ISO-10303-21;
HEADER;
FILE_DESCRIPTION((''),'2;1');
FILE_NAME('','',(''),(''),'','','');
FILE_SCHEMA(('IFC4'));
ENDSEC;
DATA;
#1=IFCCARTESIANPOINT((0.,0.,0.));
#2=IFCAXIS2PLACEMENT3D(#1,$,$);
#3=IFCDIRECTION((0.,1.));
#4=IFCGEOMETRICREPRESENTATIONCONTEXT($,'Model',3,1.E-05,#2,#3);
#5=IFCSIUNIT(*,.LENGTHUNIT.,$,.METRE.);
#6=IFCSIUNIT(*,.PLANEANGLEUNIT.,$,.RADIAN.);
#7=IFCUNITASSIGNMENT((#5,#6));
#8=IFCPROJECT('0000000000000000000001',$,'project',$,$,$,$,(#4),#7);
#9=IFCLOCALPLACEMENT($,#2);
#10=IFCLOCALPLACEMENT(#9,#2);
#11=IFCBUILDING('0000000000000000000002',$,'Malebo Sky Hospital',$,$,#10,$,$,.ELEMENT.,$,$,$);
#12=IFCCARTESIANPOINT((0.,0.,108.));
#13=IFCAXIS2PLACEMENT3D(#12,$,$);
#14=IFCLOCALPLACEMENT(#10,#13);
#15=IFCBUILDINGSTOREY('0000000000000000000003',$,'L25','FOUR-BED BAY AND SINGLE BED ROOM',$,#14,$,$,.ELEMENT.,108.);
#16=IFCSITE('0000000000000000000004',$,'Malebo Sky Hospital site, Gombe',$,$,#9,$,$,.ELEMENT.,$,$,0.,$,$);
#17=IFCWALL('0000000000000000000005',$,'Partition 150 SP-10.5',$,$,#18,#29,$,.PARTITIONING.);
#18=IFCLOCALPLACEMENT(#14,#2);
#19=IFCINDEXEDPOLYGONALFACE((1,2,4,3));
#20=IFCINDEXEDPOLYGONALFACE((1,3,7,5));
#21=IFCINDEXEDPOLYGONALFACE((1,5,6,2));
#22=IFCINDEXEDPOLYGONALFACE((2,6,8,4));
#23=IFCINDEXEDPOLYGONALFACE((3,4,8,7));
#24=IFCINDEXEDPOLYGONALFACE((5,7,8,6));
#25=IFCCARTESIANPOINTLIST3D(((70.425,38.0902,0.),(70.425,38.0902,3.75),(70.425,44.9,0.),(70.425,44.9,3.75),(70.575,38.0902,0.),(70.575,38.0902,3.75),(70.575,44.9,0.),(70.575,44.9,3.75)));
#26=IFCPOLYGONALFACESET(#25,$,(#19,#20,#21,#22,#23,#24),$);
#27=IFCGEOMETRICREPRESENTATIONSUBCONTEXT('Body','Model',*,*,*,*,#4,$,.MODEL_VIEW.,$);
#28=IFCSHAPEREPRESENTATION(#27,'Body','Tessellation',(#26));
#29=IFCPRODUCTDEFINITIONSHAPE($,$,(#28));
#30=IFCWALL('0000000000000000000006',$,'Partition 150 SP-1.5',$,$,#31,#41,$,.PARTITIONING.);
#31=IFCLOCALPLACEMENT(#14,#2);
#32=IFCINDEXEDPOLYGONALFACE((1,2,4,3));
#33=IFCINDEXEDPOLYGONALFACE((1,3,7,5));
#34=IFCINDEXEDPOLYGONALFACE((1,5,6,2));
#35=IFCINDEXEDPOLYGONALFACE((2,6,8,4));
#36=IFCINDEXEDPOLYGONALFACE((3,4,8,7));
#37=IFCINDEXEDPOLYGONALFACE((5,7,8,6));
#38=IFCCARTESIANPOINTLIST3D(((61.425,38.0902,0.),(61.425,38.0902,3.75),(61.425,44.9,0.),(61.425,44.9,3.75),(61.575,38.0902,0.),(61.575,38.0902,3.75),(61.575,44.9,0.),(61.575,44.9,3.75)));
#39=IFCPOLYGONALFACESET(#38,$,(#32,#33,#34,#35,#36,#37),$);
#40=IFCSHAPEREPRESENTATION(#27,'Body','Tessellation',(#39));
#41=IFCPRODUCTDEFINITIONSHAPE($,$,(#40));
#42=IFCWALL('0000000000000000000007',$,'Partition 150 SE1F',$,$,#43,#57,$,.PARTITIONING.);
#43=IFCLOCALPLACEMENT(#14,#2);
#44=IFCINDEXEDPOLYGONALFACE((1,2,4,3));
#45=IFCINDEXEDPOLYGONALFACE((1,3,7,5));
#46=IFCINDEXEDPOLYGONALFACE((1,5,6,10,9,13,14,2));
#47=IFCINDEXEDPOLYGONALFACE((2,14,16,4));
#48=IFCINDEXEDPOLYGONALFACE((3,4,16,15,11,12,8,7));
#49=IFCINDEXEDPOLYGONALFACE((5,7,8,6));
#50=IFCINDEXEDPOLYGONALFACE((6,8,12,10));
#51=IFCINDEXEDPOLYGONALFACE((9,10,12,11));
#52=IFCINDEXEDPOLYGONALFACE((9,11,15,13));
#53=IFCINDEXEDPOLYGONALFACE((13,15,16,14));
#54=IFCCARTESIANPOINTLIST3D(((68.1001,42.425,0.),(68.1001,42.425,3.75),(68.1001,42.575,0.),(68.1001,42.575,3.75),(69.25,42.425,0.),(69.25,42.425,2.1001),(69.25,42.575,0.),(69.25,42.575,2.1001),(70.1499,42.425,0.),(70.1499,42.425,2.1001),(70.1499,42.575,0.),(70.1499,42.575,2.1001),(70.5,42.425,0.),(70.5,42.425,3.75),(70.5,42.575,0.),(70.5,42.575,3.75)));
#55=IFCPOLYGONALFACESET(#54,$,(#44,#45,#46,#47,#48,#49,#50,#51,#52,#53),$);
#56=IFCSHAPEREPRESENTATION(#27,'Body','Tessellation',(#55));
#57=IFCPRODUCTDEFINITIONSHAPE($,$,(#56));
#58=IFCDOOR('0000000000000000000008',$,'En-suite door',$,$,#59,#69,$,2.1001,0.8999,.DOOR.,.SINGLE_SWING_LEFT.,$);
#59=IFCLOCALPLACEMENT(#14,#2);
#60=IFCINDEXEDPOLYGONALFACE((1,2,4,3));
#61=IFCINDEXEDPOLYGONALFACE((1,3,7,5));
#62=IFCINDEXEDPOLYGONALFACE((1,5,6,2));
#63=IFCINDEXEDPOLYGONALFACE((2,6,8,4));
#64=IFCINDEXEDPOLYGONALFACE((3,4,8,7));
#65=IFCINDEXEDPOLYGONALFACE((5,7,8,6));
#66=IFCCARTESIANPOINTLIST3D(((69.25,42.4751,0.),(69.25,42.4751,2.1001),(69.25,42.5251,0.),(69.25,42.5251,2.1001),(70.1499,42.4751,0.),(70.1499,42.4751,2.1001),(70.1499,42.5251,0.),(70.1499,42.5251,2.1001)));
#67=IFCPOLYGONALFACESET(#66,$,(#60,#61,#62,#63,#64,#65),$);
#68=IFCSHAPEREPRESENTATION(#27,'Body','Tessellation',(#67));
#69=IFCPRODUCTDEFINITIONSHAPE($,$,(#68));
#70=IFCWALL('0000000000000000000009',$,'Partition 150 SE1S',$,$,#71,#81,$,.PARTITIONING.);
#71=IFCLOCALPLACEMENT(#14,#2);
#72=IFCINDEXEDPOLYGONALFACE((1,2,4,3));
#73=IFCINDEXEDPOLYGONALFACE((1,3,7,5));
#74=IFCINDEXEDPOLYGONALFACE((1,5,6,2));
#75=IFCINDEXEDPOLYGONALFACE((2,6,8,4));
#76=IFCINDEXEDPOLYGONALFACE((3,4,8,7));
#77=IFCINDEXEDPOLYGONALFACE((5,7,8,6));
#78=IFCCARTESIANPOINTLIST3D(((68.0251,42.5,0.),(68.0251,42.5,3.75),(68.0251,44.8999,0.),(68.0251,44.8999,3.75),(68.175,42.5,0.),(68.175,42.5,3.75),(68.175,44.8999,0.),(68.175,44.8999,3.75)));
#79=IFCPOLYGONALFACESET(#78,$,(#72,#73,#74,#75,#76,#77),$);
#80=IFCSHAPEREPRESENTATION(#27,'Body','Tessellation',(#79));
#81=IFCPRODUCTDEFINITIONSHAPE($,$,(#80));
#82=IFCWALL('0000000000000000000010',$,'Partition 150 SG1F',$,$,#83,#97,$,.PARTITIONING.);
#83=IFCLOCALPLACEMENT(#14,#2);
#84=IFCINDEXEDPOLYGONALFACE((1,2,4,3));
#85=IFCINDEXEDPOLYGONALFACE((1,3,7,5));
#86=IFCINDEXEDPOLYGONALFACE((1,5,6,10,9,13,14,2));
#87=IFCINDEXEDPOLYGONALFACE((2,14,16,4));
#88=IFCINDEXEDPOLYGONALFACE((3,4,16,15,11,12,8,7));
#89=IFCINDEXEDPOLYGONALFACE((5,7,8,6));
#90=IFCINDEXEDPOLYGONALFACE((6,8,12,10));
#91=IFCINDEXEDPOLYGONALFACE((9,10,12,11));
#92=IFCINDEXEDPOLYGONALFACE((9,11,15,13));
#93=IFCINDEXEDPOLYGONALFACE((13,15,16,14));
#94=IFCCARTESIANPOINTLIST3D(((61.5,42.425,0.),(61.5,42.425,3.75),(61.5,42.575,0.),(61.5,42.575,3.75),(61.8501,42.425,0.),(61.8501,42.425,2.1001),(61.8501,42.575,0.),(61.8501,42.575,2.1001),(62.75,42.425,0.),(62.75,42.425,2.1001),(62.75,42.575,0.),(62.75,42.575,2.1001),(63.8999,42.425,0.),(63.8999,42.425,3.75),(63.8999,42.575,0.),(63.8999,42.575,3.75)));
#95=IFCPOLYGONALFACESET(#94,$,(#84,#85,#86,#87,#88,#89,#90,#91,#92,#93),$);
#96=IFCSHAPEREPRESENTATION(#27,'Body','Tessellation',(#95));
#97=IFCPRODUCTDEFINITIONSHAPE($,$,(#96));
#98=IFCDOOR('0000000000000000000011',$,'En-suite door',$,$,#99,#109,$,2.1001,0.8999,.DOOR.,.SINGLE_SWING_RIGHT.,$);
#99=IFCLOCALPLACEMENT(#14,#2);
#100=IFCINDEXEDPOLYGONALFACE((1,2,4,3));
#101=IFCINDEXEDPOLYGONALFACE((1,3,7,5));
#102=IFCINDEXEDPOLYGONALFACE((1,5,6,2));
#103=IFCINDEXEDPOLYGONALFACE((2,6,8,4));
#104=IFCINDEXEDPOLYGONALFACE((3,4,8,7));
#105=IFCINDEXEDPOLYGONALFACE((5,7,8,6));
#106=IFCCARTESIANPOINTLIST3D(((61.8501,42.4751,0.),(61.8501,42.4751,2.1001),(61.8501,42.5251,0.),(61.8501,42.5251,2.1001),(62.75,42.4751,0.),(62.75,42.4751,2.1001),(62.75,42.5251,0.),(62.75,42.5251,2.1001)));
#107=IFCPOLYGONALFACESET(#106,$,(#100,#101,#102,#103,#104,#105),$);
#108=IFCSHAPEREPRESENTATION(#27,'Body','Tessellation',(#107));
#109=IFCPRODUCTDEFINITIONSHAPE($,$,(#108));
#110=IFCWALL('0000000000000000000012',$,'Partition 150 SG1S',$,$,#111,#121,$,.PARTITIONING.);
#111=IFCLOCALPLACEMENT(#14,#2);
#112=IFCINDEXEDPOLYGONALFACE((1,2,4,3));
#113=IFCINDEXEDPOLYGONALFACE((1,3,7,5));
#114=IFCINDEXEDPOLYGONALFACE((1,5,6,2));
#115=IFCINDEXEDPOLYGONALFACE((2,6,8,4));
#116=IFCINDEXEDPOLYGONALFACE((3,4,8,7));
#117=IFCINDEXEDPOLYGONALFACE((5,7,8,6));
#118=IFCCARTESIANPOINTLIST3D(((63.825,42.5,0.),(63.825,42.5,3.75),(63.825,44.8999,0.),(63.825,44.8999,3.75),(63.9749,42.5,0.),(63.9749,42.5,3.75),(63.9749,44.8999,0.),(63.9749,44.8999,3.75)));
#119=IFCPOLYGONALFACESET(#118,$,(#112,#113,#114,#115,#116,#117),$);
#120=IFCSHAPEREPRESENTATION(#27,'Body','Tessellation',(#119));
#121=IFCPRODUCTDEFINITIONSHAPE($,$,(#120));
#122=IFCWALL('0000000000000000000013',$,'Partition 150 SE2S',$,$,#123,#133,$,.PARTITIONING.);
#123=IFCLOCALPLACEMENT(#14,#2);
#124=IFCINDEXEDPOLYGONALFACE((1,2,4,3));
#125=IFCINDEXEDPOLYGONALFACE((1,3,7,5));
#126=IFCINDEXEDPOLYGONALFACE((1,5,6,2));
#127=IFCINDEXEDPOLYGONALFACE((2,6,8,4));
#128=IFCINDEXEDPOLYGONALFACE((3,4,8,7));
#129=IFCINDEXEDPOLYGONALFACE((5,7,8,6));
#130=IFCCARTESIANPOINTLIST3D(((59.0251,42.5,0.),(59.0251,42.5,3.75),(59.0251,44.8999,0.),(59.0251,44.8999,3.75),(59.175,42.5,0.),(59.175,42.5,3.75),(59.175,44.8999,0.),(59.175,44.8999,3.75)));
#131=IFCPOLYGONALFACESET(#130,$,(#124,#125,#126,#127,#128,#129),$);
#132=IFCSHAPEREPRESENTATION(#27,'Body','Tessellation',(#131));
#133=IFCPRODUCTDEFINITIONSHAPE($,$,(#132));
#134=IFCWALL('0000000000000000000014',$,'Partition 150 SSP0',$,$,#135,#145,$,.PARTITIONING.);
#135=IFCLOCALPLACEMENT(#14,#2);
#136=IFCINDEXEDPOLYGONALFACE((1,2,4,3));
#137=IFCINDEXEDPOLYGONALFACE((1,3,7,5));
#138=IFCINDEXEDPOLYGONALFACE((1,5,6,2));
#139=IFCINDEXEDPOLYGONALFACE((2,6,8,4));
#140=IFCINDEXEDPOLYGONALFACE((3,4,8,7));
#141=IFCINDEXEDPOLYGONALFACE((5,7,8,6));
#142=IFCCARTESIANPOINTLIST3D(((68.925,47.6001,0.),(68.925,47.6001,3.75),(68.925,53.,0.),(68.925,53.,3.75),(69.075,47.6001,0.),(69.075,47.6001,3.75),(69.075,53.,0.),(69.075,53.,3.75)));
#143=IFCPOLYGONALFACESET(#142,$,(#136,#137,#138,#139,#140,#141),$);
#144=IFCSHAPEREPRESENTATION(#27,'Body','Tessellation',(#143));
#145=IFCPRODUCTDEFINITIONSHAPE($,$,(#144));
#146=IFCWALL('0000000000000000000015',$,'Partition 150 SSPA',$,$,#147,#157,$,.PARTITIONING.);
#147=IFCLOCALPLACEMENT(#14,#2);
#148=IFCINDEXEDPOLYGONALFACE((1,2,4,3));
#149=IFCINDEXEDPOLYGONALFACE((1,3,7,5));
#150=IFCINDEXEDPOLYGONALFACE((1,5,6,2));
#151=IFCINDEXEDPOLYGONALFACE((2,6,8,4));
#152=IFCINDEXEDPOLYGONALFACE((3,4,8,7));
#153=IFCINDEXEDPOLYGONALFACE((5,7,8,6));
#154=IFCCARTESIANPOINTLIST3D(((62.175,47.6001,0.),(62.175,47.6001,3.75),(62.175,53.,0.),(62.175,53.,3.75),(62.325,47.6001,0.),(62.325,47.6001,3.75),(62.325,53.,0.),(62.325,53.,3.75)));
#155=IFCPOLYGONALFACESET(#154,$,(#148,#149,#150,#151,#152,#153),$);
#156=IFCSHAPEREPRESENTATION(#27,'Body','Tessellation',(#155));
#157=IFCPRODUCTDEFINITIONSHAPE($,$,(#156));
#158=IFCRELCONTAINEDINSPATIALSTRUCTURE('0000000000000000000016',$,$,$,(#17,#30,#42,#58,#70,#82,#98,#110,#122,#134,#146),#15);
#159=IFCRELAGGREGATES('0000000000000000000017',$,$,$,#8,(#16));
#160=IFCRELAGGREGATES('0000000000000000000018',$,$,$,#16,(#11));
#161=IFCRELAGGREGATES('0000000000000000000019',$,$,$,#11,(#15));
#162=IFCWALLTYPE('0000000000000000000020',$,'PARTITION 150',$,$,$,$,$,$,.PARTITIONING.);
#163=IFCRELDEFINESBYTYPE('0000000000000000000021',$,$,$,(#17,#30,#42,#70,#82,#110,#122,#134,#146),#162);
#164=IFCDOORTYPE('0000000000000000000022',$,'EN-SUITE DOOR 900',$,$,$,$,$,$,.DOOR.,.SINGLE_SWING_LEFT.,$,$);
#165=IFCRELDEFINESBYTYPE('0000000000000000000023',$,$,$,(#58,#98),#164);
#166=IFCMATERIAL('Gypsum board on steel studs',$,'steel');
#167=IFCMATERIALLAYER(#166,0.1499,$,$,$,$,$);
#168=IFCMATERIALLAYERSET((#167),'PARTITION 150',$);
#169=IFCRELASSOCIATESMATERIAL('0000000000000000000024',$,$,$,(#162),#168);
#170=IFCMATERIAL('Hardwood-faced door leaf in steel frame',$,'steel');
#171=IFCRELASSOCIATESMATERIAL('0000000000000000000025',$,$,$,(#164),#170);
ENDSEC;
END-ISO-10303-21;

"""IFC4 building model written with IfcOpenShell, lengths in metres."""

from ifc_helpers import new_model, si_unit, direction, frame, frame_2d, origin, place, context, subcontext, project, spatial, rectangle, extrude, material, layer, layer_set, type_object, element, fill, save


model = new_model("IFC4")

# Units and contexts
model_context = context("Model", 3, precision=1e-05, world=origin(), true_north=direction((0.0, 1.0)))
body_context = subcontext(model_context, "Body", "Model", "MODEL_VIEW")
ifc_project = project(units=[si_unit("LENGTHUNIT", "METRE"), si_unit("PLANEANGLEUNIT", "RADIAN")], contexts=[model_context])

# Site, building, storey
site_placement = place(None, origin())
site = spatial("IfcSite", under=ifc_project, at=site_placement, Name="Malebo Sky Hospital site, Gombe", CompositionType="ELEMENT", RefElevation=0.0)
building_placement = place(site_placement, origin())
building = spatial("IfcBuilding", under=site, at=building_placement, Name="Malebo Sky Hospital", CompositionType="ELEMENT")
storey_placement = place(building_placement, frame((0.0, 0.0, 108.0)))
storey = spatial("IfcBuildingStorey", under=building, at=storey_placement, Name="L25", Description="FOUR-BED BAY AND SINGLE BED ROOM", CompositionType="ELEMENT", Elevation=108.0)

# Walls
ifc_material_1 = material(Name="Gypsum board on steel studs", Category="steel")
ifc_layer = layer(ifc_material_1, 0.1499)
ifc_layer_set = layer_set([ifc_layer], Name="PARTITION 150")
wall_type = type_object("IfcWallType", Name="PARTITION 150", PredefinedType="PARTITIONING", material=ifc_layer_set)
for number, where, z_axis, x_axis, name in (
    (1, (70.5, 44.8999, 0.0), (0.0, 0.0, 1.0), (0.0, -1.0, 0.0), "Partition 150 SP-10.5"),
    (2, (61.5, 44.8999, 0.0), (0.0, 0.0, 1.0), (0.0, -1.0, 0.0), "Partition 150 SP-1.5"),
):
    element("IfcWall", number, at=place(storey_placement, frame(where, z_axis=z_axis, x_axis=x_axis)), inside=storey, type_object=wall_type, Name=name, PredefinedType="PARTITIONING", context=body_context, shape_type="SweptSolid", body=[
        extrude(rectangle(XDim=6.8098, YDim=0.1499, at=frame_2d((3.4048, 0.0))), origin(), (0.0, 0.0, 1.0), 3.75),
    ])

# Wall, opening, door
wall_1_placement = place(storey_placement, frame((70.5, 42.5, 0.0), z_axis=(0.0, 0.0, 1.0), x_axis=(-1.0, 0.0, 0.0)))
wall_1 = element("IfcWall", 3, at=wall_1_placement, inside=storey, type_object=wall_type, Name="Partition 150 SE1F", PredefinedType="PARTITIONING", context=body_context, shape_type="SweptSolid", body=[
    extrude(rectangle(XDim=2.3999, YDim=0.1499, at=frame_2d((1.2, 0.0))), origin(), (0.0, 0.0, 1.0), 3.75),
])
opening_1_placement = place(wall_1_placement, frame((0.3501, 0.0, 0.0)))
opening_1 = element("IfcOpeningElement", 4, at=opening_1_placement, cuts=wall_1, PredefinedType="OPENING", context=body_context, shape_type="SweptSolid", body=[
    extrude(rectangle(XDim=0.8999, YDim=2.1001, at=frame_2d((0.45, 1.05))), frame((0.0, 0.085, 0.0), z_axis=(0.0, -1.0, 0.0), x_axis=(1.0, 0.0, 0.0)), (0.0, 0.0, 1.0), 0.1699),
])
ifc_material_2 = material(Name="Hardwood-faced door leaf in steel frame", Category="steel")
door_type = type_object("IfcDoorType", Name="EN-SUITE DOOR 900", OperationType="SINGLE_SWING_LEFT", PredefinedType="DOOR", material=ifc_material_2)
door_1_placement = place(opening_1_placement, origin())
door_1 = element("IfcDoor", 5, at=door_1_placement, inside=storey, type_object=door_type, Name="En-suite door", OperationType="SINGLE_SWING_LEFT", OverallHeight=2.1001, OverallWidth=0.8999, PredefinedType="DOOR", context=body_context, shape_type="SweptSolid", body=[
    extrude(rectangle(XDim=0.8999, YDim=2.1001, at=frame_2d((0.45, 1.05))), frame((0.0, 0.0249, 0.0), z_axis=(0.0, -1.0, 0.0), x_axis=(1.0, 0.0, 0.0)), (0.0, 0.0, 1.0), 0.05),
])
fill(opening_1, door_1)

# Wall
wall_2_placement = place(storey_placement, frame((68.1001, 44.8999, 0.0), z_axis=(0.0, 0.0, 1.0), x_axis=(0.0, -1.0, 0.0)))
element("IfcWall", 6, at=wall_2_placement, inside=storey, type_object=wall_type, Name="Partition 150 SE1S", PredefinedType="PARTITIONING", context=body_context, shape_type="SweptSolid", body=[
    extrude(rectangle(XDim=2.3999, YDim=0.1499, at=frame_2d((1.2, 0.0))), origin(), (0.0, 0.0, 1.0), 3.75),
])

# Wall, opening, door
wall_3_placement = place(storey_placement, frame((63.8999, 42.5, 0.0), z_axis=(0.0, 0.0, 1.0), x_axis=(-1.0, 0.0, 0.0)))
wall_3 = element("IfcWall", 7, at=wall_3_placement, inside=storey, type_object=wall_type, Name="Partition 150 SG1F", PredefinedType="PARTITIONING", context=body_context, shape_type="SweptSolid", body=[
    extrude(rectangle(XDim=2.3999, YDim=0.1499, at=frame_2d((1.2, 0.0))), origin(), (0.0, 0.0, 1.0), 3.75),
])
opening_2_placement = place(wall_3_placement, frame((1.1499, 0.0, 0.0)))
opening_2 = element("IfcOpeningElement", 8, at=opening_2_placement, cuts=wall_3, PredefinedType="OPENING", context=body_context, shape_type="SweptSolid", body=[
    extrude(rectangle(XDim=0.8999, YDim=2.1001, at=frame_2d((0.45, 1.05))), frame((0.0, 0.085, 0.0), z_axis=(0.0, -1.0, 0.0), x_axis=(1.0, 0.0, 0.0)), (0.0, 0.0, 1.0), 0.1699),
])
door_2_placement = place(opening_2_placement, origin())
door_2 = element("IfcDoor", 9, at=door_2_placement, inside=storey, type_object=door_type, Name="En-suite door", OperationType="SINGLE_SWING_RIGHT", OverallHeight=2.1001, OverallWidth=0.8999, PredefinedType="DOOR", context=body_context, shape_type="SweptSolid", body=[
    extrude(rectangle(XDim=0.8999, YDim=2.1001, at=frame_2d((0.45, 1.05))), frame((0.0, 0.0249, 0.0), z_axis=(0.0, -1.0, 0.0), x_axis=(1.0, 0.0, 0.0)), (0.0, 0.0, 1.0), 0.05),
])
fill(opening_2, door_2)

# Walls
for number, where, z_axis, x_axis, name in (
    (10, (63.8999, 44.8999, 0.0), (0.0, 0.0, 1.0), (0.0, -1.0, 0.0), "Partition 150 SG1S"),
    (11, (59.1001, 44.8999, 0.0), (0.0, 0.0, 1.0), (0.0, -1.0, 0.0), "Partition 150 SE2S"),
):
    element("IfcWall", number, at=place(storey_placement, frame(where, z_axis=z_axis, x_axis=x_axis)), inside=storey, type_object=wall_type, Name=name, PredefinedType="PARTITIONING", context=body_context, shape_type="SweptSolid", body=[
        extrude(rectangle(XDim=2.3999, YDim=0.1499, at=frame_2d((1.2, 0.0))), origin(), (0.0, 0.0, 1.0), 3.75),
    ])
for number, where, z_axis, x_axis, name in (
    (12, (69.0, 53.0, 0.0), (0.0, 0.0, 1.0), (0.0, -1.0, 0.0), "Partition 150 SSP0"),
    (13, (62.25, 53.0, 0.0), (0.0, 0.0, 1.0), (0.0, -1.0, 0.0), "Partition 150 SSPA"),
):
    element("IfcWall", number, at=place(storey_placement, frame(where, z_axis=z_axis, x_axis=x_axis)), inside=storey, type_object=wall_type, Name=name, PredefinedType="PARTITIONING", context=body_context, shape_type="SweptSolid", body=[
        extrude(rectangle(XDim=5.3999, YDim=0.1499, at=frame_2d((2.7, 0.0))), origin(), (0.0, 0.0, 1.0), 3.75),
    ])

save(model, "model.ifc")
